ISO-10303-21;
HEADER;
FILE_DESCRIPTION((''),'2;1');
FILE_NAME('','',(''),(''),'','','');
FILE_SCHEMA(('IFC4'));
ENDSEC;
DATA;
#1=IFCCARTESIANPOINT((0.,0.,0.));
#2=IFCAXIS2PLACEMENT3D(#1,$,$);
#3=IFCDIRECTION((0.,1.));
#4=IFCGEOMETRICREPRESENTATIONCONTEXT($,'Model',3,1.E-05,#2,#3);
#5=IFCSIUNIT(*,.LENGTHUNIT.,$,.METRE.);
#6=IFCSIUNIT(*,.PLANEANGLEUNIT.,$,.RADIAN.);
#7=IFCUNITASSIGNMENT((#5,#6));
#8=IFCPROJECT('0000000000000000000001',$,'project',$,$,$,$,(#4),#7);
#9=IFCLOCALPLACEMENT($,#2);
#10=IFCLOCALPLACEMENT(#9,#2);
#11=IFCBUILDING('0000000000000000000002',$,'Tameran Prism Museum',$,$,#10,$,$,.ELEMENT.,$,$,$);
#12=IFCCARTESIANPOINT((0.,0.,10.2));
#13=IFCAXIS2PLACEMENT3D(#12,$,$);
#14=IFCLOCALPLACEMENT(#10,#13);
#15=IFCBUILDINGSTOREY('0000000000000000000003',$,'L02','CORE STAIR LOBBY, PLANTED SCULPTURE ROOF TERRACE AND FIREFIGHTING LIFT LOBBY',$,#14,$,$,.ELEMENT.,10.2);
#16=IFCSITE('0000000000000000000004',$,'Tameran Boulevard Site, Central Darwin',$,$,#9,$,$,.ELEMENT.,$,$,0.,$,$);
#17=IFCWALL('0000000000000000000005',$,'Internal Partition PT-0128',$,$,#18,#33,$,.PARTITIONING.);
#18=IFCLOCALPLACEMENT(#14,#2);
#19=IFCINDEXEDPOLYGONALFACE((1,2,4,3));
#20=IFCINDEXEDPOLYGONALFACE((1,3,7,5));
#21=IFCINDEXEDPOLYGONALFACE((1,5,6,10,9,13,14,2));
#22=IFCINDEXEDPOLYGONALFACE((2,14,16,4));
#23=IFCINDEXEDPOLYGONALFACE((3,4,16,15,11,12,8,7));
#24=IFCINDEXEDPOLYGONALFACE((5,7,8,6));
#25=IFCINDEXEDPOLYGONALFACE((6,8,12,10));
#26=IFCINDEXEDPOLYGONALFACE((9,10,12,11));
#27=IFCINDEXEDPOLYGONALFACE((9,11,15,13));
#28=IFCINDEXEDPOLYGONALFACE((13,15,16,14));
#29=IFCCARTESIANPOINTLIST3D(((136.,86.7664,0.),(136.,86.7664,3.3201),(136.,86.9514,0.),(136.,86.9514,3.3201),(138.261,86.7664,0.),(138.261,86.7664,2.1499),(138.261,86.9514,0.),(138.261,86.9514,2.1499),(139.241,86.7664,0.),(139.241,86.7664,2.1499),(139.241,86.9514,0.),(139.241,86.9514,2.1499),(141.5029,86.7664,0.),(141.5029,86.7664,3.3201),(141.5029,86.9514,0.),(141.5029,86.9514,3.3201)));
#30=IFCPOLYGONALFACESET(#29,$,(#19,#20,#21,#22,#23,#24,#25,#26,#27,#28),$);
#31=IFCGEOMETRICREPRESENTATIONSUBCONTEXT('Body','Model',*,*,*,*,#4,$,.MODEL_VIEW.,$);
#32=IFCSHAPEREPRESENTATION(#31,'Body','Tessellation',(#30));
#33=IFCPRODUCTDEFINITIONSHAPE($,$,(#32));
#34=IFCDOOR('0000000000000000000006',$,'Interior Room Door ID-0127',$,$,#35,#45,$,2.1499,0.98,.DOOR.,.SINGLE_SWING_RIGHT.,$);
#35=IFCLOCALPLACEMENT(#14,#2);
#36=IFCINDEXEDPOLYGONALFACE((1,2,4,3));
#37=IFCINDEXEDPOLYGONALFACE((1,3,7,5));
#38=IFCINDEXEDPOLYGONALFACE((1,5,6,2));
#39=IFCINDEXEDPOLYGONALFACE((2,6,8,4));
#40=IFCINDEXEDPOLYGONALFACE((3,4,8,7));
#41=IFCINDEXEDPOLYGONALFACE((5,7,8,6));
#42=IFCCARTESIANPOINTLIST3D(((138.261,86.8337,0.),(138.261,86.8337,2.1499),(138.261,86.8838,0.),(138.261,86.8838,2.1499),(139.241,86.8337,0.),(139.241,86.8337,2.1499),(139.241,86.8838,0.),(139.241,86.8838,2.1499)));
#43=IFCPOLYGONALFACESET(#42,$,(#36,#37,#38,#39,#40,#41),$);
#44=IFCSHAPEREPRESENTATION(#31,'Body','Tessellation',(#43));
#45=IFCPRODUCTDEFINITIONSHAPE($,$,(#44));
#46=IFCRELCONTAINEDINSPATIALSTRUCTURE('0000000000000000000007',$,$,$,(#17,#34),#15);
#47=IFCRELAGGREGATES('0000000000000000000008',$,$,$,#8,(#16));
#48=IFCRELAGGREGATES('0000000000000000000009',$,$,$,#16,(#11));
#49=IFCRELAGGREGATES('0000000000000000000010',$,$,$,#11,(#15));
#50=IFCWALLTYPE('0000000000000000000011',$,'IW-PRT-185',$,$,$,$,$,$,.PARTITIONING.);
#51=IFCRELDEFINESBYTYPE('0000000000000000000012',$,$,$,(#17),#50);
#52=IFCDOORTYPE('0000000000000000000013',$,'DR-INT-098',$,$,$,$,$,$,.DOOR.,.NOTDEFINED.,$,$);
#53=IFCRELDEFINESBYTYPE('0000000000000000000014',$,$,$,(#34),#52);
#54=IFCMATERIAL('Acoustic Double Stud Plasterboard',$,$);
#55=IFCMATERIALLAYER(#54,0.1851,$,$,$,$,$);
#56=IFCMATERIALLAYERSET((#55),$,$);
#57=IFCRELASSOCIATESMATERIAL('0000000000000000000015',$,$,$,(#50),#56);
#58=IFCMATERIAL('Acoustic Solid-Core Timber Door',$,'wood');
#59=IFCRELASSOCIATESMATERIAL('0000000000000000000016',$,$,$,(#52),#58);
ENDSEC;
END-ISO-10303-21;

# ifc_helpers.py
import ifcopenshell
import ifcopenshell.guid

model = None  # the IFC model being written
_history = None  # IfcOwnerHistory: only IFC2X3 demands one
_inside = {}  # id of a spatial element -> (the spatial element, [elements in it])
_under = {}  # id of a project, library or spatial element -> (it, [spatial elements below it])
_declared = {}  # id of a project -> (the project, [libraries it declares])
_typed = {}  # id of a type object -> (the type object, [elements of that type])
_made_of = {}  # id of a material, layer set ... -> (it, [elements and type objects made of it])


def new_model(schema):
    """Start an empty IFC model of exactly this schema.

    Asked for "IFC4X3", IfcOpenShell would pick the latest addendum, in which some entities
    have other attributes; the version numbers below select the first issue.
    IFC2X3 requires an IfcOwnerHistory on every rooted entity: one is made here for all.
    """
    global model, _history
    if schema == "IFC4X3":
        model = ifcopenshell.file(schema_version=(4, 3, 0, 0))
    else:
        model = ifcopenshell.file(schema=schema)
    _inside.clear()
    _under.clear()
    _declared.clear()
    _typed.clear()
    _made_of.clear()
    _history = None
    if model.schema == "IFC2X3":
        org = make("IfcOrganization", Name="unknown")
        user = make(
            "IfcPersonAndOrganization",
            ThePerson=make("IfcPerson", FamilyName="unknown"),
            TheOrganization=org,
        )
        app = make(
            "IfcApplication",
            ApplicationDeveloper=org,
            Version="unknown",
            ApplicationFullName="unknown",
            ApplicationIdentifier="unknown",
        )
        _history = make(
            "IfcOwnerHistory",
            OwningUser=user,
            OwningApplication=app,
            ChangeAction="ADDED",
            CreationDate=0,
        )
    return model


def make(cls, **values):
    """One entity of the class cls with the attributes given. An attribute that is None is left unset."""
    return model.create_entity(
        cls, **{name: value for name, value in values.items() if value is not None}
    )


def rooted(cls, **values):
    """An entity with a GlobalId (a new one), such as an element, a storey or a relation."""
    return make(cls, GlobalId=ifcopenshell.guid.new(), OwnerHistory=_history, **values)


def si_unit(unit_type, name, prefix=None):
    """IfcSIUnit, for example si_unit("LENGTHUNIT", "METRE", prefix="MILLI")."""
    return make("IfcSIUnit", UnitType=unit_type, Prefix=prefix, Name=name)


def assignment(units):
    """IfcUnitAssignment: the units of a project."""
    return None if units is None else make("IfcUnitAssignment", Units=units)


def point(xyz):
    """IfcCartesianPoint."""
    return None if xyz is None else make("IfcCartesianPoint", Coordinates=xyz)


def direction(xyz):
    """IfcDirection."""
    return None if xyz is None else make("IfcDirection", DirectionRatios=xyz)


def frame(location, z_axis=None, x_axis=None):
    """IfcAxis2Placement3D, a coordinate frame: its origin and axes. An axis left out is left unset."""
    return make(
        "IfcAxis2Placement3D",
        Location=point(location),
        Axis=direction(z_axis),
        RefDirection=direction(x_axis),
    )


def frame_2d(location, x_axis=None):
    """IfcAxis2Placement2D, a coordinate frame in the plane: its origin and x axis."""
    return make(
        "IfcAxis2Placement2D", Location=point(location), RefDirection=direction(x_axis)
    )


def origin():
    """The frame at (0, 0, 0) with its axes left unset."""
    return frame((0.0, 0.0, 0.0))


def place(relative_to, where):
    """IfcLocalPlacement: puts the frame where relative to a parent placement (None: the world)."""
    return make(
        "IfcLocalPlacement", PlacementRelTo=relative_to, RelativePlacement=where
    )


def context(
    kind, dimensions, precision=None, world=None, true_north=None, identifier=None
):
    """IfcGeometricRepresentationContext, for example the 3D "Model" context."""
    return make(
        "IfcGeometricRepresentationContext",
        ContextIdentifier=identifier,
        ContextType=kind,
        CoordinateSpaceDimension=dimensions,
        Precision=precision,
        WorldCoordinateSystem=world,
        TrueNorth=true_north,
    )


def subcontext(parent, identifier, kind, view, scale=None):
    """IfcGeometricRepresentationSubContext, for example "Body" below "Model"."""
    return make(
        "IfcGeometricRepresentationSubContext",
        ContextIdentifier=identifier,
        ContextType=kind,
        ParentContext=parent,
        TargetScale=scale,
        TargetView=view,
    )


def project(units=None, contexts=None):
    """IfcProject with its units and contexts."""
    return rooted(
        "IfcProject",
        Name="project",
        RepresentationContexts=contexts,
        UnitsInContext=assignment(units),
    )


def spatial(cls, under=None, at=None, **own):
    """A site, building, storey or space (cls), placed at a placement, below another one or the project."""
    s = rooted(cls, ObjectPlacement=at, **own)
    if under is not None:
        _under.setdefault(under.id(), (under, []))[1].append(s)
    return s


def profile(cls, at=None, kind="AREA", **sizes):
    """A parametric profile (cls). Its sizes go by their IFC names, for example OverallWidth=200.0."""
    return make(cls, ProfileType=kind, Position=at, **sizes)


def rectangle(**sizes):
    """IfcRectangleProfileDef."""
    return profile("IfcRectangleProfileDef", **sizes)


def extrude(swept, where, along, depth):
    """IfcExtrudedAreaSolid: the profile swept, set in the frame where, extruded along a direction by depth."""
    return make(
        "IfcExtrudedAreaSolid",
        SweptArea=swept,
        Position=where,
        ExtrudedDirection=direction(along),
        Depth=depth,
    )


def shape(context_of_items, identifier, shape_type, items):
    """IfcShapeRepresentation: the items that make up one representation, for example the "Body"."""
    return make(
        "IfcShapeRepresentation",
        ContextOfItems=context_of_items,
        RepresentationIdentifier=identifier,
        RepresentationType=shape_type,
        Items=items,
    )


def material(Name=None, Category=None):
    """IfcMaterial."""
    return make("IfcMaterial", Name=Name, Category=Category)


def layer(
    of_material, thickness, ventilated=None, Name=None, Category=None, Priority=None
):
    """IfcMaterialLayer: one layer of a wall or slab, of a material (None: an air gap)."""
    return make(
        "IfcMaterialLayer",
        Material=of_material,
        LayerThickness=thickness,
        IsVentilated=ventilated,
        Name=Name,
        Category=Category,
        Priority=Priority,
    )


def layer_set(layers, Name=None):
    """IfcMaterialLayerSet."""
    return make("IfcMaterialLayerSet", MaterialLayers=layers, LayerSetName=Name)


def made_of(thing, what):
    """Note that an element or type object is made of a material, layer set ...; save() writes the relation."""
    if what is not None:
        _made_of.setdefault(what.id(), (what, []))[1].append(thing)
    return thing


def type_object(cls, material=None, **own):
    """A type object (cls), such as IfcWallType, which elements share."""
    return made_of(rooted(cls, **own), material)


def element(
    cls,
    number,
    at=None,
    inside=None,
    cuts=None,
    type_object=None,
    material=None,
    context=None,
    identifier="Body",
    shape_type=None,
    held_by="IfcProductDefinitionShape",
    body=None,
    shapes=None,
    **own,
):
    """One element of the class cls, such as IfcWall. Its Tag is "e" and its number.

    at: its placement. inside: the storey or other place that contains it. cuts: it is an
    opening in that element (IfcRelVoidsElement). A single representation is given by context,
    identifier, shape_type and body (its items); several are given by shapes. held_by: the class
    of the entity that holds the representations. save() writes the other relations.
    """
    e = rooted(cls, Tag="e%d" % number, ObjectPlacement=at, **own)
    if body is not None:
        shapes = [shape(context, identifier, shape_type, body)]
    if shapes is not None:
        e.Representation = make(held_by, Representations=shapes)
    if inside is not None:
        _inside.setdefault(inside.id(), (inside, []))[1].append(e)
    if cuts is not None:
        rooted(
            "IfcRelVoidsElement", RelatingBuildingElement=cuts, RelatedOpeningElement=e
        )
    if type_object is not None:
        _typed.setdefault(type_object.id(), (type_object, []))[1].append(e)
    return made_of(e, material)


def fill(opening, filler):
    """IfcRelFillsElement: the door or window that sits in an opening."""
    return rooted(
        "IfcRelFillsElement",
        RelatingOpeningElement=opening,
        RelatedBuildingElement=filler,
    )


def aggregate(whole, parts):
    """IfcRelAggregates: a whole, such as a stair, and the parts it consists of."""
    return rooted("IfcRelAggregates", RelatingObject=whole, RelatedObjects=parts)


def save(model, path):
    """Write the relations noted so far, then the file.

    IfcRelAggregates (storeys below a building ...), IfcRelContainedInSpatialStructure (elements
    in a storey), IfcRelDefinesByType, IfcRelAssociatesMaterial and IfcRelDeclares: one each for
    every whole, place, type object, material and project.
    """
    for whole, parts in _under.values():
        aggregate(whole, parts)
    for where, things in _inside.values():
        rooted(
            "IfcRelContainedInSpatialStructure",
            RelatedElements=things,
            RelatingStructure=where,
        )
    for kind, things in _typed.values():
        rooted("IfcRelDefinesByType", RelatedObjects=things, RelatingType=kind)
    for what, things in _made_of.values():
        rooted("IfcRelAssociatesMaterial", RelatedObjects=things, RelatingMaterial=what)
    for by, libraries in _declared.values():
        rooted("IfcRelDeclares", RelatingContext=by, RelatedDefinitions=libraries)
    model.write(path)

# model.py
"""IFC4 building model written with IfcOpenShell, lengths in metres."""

from ifc_helpers import new_model, si_unit, direction, frame, frame_2d, origin, place, context, subcontext, project, spatial, rectangle, extrude, material, layer, layer_set, type_object, element, fill, save


model = new_model("IFC4")

# Units and contexts
model_context = context("Model", 3, precision=1e-05, world=origin(), true_north=direction((0.0, 1.0)))
body_context = subcontext(model_context, "Body", "Model", "MODEL_VIEW")
ifc_project = project(units=[si_unit("LENGTHUNIT", "METRE"), si_unit("PLANEANGLEUNIT", "RADIAN")], contexts=[model_context])

# Site, building, storey
site_placement = place(None, origin())
site = spatial("IfcSite", under=ifc_project, at=site_placement, Name="Tameran Boulevard Site, Central Darwin", CompositionType="ELEMENT", RefElevation=0.0)
building_placement = place(site_placement, origin())
building = spatial("IfcBuilding", under=site, at=building_placement, Name="Tameran Prism Museum", CompositionType="ELEMENT")
storey_placement = place(building_placement, frame((0.0, 0.0, 10.2)))
storey = spatial("IfcBuildingStorey", under=building, at=storey_placement, Name="L02", Description="CORE STAIR LOBBY, PLANTED SCULPTURE ROOF TERRACE AND FIREFIGHTING LIFT LOBBY", CompositionType="ELEMENT", Elevation=10.2)

# Wall, opening, door
ifc_material_1 = material(Name="Acoustic Double Stud Plasterboard")
ifc_layer_1 = layer(ifc_material_1, 0.1851)
ifc_layer_set_1 = layer_set([ifc_layer_1])
wall_type_1 = type_object("IfcWallType", Name="IW-PRT-185", PredefinedType="PARTITIONING", material=ifc_layer_set_1)
wall_1_placement = place(storey_placement, frame((136.0, 86.8589, 0.0), z_axis=(0.0, 0.0, 1.0), x_axis=(1.0, 0.0, 0.0)))
wall_1 = element("IfcWall", 1, at=wall_1_placement, inside=storey, type_object=wall_type_1, Name="Internal Partition PT-0128", PredefinedType="PARTITIONING", context=body_context, shape_type="SweptSolid", body=[
    extrude(rectangle(XDim=5.5029, YDim=0.1851, at=frame_2d((2.7515, 0.0))), origin(), (0.0, 0.0, 1.0), 3.3201),
])
opening_1_placement = place(wall_1_placement, frame((2.261, 0.0, 0.0)))
opening_1 = element("IfcOpeningElement", 2, at=opening_1_placement, cuts=wall_1, PredefinedType="OPENING", context=body_context, shape_type="SweptSolid", body=[
    extrude(rectangle(XDim=0.98, YDim=2.1499, at=frame_2d((0.49, 1.075))), frame((0.0, 0.1025, 0.0), z_axis=(0.0, -1.0, 0.0), x_axis=(1.0, 0.0, 0.0)), (0.0, 0.0, 1.0), 0.2051),
])
ifc_material_2 = material(Name="Acoustic Solid-Core Timber Door", Category="wood")
door_type_1 = type_object("IfcDoorType", Name="DR-INT-098", OperationType="NOTDEFINED", PredefinedType="DOOR", material=ifc_material_2)
door_1_placement = place(opening_1_placement, origin())
door_1 = element("IfcDoor", 3, at=door_1_placement, inside=storey, type_object=door_type_1, Name="Interior Room Door ID-0127", OperationType="SINGLE_SWING_RIGHT", OverallHeight=2.1499, OverallWidth=0.98, PredefinedType="DOOR", context=body_context, shape_type="SweptSolid", body=[
    extrude(rectangle(XDim=0.98, YDim=2.1499, at=frame_2d((0.49, 1.075))), frame((0.0, 0.0249, 0.0), z_axis=(0.0, -1.0, 0.0), x_axis=(1.0, 0.0, 0.0)), (0.0, 0.0, 1.0), 0.05),
])
fill(opening_1, door_1)

save(model, "model.ifc")
